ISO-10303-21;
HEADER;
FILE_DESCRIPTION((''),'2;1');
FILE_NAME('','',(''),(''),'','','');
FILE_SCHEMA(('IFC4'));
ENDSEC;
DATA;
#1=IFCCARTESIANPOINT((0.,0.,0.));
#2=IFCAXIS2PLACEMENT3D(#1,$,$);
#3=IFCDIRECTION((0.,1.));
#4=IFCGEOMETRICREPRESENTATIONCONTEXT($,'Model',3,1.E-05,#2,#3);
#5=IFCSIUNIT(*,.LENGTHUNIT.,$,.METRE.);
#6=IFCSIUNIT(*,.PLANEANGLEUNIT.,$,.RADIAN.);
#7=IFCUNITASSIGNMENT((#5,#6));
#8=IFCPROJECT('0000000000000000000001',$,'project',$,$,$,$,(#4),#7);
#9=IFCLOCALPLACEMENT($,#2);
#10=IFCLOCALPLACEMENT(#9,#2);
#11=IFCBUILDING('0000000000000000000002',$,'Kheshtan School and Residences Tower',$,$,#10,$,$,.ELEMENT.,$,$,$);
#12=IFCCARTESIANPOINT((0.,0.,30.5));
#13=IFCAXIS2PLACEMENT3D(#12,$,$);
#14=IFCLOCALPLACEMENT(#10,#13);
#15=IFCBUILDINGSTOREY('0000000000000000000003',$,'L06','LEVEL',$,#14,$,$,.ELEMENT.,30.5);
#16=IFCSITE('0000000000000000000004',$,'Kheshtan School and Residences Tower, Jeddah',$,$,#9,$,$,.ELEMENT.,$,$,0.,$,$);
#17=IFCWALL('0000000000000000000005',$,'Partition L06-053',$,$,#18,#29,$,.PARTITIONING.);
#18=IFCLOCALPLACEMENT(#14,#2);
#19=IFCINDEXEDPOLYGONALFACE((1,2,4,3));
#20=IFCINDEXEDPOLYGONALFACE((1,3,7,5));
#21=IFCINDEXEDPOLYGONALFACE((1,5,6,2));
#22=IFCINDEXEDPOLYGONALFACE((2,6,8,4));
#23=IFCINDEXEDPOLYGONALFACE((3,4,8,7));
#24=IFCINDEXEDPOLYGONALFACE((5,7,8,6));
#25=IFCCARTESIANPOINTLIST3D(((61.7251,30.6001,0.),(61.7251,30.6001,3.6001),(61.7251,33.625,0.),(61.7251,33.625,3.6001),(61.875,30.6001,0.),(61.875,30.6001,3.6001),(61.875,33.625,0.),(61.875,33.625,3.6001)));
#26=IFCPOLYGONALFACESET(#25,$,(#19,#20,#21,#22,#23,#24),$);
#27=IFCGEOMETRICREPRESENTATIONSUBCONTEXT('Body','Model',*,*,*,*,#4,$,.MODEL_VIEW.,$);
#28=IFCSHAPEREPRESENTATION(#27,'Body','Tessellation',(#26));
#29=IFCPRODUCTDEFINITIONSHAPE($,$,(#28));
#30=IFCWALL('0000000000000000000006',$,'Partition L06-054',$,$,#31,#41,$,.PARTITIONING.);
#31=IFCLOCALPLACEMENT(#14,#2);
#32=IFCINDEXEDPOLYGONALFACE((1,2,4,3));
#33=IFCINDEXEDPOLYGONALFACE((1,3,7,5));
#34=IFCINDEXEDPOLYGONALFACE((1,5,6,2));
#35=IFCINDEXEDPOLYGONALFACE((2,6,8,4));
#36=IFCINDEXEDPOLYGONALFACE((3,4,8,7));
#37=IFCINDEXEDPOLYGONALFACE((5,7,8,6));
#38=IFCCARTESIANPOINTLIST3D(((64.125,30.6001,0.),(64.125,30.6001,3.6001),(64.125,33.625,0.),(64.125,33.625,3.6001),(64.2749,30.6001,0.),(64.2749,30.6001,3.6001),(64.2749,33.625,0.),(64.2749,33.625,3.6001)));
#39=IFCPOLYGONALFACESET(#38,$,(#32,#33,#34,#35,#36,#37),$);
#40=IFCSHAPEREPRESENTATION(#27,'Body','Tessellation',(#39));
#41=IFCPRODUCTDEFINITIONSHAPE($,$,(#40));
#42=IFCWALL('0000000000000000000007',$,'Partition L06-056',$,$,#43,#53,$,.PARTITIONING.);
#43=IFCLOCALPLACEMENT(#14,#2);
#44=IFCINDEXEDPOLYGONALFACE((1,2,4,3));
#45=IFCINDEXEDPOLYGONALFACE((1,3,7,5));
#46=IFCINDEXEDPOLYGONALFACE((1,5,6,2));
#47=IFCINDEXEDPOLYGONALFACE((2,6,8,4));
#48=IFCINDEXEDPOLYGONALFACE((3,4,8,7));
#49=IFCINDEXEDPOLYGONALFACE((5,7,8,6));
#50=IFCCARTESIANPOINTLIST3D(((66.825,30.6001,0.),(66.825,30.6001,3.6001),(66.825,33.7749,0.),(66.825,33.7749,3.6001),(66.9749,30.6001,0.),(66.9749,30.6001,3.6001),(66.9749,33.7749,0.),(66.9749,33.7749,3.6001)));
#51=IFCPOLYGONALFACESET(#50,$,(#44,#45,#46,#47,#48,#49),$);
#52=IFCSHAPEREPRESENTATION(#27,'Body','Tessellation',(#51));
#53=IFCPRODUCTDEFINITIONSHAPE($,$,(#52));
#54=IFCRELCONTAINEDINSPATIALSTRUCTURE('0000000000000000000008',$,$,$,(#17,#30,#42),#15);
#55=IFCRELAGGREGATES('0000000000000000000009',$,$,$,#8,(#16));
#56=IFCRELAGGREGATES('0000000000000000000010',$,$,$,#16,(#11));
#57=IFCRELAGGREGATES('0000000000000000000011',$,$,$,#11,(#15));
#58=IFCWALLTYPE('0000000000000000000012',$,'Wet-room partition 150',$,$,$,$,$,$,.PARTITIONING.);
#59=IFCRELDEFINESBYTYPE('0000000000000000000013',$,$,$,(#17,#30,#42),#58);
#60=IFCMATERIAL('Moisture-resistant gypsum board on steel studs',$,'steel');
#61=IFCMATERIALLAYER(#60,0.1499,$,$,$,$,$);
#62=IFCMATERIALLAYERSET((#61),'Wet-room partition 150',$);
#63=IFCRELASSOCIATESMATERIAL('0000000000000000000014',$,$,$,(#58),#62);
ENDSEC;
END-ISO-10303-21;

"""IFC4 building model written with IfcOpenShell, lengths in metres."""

from ifc_helpers import new_model, si_unit, direction, frame, frame_2d, origin, place, context, subcontext, project, spatial, rectangle, extrude, material, layer, layer_set, type_object, element, save


model = new_model("IFC4")

# Units and contexts
model_context = context("Model", 3, precision=1e-05, world=origin(), true_north=direction((0.0, 1.0)))
body_context = subcontext(model_context, "Body", "Model", "MODEL_VIEW")
ifc_project = project(units=[si_unit("LENGTHUNIT", "METRE"), si_unit("PLANEANGLEUNIT", "RADIAN")], contexts=[model_context])

# Site, building, storey
site_placement = place(None, origin())
site = spatial("IfcSite", under=ifc_project, at=site_placement, Name="Kheshtan School and Residences Tower, Jeddah", CompositionType="ELEMENT", RefElevation=0.0)
building_placement = place(site_placement, origin())
building = spatial("IfcBuilding", under=site, at=building_placement, Name="Kheshtan School and Residences Tower", CompositionType="ELEMENT")
storey_placement = place(building_placement, frame((0.0, 0.0, 30.5)))
storey = spatial("IfcBuildingStorey", under=building, at=storey_placement, Name="L06", Description="LEVEL", CompositionType="ELEMENT", Elevation=30.5)

# Shared definitions
ifc_material_1 = material(Name="Moisture-resistant gypsum board on steel studs", Category="steel")
ifc_layer_1 = layer(ifc_material_1, 0.1499)
ifc_layer_set_1 = layer_set([ifc_layer_1], Name="Wet-room partition 150")
wall_type_1 = type_object("IfcWallType", Name="Wet-room partition 150", PredefinedType="PARTITIONING", material=ifc_layer_set_1)

# Walls
for number, where, z_axis, x_axis, name in (
    (1, (61.8, 30.6001, 0.0), (0.0, 0.0, 1.0), (0.0, 1.0, 0.0), "Partition L06-053"),
    (2, (64.2, 30.6001, 0.0), (0.0, 0.0, 1.0), (0.0, 1.0, 0.0), "Partition L06-054"),
):
    element("IfcWall", number, at=place(storey_placement, frame(where, z_axis=z_axis, x_axis=x_axis)), inside=storey, type_object=wall_type_1, Name=name, PredefinedType="PARTITIONING", context=body_context, shape_type="SweptSolid", body=[
        extrude(rectangle(XDim=3.0249, YDim=0.1499, at=frame_2d((1.5125, 0.0))), origin(), (0.0, 0.0, 1.0), 3.6001),
    ])
wall_1_placement = place(storey_placement, frame((66.8999, 30.6001, 0.0), z_axis=(0.0, 0.0, 1.0), x_axis=(0.0, 1.0, 0.0)))
element("IfcWall", 3, at=wall_1_placement, inside=storey, type_object=wall_type_1, Name="Partition L06-056", PredefinedType="PARTITIONING", context=body_context, shape_type="SweptSolid", body=[
    extrude(rectangle(XDim=3.1748, YDim=0.1499, at=frame_2d((1.5874, 0.0))), origin(), (0.0, 0.0, 1.0), 3.6001),
])

save(model, "model.ifc")
